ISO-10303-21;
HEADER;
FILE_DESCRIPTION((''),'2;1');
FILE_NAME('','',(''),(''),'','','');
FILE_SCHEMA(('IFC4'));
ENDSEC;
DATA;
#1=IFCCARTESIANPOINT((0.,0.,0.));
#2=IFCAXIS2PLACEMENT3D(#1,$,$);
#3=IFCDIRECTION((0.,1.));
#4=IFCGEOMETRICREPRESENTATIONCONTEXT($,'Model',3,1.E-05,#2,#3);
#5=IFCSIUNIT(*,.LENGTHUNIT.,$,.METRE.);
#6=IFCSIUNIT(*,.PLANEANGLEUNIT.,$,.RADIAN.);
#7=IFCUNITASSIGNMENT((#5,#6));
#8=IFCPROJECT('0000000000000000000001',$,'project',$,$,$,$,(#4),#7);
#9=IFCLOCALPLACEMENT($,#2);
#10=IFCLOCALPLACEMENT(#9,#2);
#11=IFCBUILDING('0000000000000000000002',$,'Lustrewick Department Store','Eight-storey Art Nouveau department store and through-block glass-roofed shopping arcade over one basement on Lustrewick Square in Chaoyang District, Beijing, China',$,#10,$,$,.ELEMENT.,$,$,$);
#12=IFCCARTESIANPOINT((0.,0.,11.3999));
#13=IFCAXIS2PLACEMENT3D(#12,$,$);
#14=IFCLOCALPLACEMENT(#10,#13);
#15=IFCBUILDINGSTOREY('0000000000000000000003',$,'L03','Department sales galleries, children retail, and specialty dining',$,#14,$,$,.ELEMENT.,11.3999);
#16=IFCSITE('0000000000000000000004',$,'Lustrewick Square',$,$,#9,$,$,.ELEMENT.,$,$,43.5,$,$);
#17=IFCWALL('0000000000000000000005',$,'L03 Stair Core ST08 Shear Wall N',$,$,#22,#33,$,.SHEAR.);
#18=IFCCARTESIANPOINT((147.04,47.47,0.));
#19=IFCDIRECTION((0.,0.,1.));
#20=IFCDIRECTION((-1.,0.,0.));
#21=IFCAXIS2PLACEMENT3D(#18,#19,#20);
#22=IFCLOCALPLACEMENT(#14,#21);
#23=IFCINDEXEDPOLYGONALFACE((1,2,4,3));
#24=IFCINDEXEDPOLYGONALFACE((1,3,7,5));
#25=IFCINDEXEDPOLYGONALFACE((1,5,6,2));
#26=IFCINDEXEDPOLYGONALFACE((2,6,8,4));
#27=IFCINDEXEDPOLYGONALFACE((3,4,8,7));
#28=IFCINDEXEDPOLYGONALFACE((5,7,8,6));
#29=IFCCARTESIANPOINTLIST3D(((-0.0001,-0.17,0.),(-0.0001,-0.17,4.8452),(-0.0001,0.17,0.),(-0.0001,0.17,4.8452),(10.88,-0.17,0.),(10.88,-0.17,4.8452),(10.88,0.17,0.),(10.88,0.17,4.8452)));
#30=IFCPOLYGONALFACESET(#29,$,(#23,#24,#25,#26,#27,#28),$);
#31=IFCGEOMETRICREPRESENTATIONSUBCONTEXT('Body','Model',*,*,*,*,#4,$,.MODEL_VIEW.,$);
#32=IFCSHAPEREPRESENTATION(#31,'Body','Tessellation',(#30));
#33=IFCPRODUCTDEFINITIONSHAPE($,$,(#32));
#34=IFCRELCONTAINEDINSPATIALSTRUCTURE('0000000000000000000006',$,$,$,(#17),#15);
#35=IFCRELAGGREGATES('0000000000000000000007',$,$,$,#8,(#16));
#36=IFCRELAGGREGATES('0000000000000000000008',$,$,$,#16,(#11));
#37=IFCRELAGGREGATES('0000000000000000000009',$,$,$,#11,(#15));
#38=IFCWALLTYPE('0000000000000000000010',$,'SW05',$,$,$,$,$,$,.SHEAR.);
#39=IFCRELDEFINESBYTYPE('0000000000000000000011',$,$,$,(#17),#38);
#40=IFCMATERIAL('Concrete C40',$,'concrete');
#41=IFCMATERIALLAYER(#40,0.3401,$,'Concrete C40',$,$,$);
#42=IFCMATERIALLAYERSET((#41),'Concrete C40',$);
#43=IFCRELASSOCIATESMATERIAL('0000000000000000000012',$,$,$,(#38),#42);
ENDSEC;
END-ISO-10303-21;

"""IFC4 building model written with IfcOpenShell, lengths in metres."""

from ifc_helpers import new_model, si_unit, direction, frame, frame_2d, origin, place, context, subcontext, project, spatial, rectangle, extrude, material, layer, layer_set, type_object, element, save


model = new_model("IFC4")

# Units and contexts
model_context = context("Model", 3, precision=1e-05, world=origin(), true_north=direction((0.0, 1.0)))
body_context = subcontext(model_context, "Body", "Model", "MODEL_VIEW")
ifc_project = project(units=[si_unit("LENGTHUNIT", "METRE"), si_unit("PLANEANGLEUNIT", "RADIAN")], contexts=[model_context])

# Site, building, storey
site_placement = place(None, origin())
site = spatial("IfcSite", under=ifc_project, at=site_placement, Name="Lustrewick Square", CompositionType="ELEMENT", RefElevation=43.5)
building_placement = place(site_placement, origin())
building = spatial("IfcBuilding", under=site, at=building_placement, Name="Lustrewick Department Store", Description="Eight-storey Art Nouveau department store and through-block glass-roofed shopping arcade over one basement on Lustrewick Square in Chaoyang District, Beijing, China", CompositionType="ELEMENT")
storey_placement = place(building_placement, frame((0.0, 0.0, 11.3999)))
storey = spatial("IfcBuildingStorey", under=building, at=storey_placement, Name="L03", Description="Department sales galleries, children retail, and specialty dining", CompositionType="ELEMENT", Elevation=11.3999)

# Wall
ifc_material_1 = material(Name="Concrete C40", Category="concrete")
ifc_layer_1 = layer(ifc_material_1, 0.3401, Name="Concrete C40")
ifc_layer_set_1 = layer_set([ifc_layer_1], Name="Concrete C40")
wall_type = type_object("IfcWallType", Name="SW05", PredefinedType="SHEAR", material=ifc_layer_set_1)
wall_1_placement = place(storey_placement, frame((147.04, 47.47, 0.0), z_axis=(0.0, 0.0, 1.0), x_axis=(-1.0, 0.0, 0.0)))
element("IfcWall", 1, at=wall_1_placement, inside=storey, type_object=wall_type, Name="L03 Stair Core ST08 Shear Wall N", PredefinedType="SHEAR", context=body_context, shape_type="SweptSolid", body=[
    extrude(rectangle(XDim=10.8801, YDim=0.3401, at=frame_2d((5.4399, 0.0))), origin(), (0.0, 0.0, 1.0), 4.8452),
])

save(model, "model.ifc")
